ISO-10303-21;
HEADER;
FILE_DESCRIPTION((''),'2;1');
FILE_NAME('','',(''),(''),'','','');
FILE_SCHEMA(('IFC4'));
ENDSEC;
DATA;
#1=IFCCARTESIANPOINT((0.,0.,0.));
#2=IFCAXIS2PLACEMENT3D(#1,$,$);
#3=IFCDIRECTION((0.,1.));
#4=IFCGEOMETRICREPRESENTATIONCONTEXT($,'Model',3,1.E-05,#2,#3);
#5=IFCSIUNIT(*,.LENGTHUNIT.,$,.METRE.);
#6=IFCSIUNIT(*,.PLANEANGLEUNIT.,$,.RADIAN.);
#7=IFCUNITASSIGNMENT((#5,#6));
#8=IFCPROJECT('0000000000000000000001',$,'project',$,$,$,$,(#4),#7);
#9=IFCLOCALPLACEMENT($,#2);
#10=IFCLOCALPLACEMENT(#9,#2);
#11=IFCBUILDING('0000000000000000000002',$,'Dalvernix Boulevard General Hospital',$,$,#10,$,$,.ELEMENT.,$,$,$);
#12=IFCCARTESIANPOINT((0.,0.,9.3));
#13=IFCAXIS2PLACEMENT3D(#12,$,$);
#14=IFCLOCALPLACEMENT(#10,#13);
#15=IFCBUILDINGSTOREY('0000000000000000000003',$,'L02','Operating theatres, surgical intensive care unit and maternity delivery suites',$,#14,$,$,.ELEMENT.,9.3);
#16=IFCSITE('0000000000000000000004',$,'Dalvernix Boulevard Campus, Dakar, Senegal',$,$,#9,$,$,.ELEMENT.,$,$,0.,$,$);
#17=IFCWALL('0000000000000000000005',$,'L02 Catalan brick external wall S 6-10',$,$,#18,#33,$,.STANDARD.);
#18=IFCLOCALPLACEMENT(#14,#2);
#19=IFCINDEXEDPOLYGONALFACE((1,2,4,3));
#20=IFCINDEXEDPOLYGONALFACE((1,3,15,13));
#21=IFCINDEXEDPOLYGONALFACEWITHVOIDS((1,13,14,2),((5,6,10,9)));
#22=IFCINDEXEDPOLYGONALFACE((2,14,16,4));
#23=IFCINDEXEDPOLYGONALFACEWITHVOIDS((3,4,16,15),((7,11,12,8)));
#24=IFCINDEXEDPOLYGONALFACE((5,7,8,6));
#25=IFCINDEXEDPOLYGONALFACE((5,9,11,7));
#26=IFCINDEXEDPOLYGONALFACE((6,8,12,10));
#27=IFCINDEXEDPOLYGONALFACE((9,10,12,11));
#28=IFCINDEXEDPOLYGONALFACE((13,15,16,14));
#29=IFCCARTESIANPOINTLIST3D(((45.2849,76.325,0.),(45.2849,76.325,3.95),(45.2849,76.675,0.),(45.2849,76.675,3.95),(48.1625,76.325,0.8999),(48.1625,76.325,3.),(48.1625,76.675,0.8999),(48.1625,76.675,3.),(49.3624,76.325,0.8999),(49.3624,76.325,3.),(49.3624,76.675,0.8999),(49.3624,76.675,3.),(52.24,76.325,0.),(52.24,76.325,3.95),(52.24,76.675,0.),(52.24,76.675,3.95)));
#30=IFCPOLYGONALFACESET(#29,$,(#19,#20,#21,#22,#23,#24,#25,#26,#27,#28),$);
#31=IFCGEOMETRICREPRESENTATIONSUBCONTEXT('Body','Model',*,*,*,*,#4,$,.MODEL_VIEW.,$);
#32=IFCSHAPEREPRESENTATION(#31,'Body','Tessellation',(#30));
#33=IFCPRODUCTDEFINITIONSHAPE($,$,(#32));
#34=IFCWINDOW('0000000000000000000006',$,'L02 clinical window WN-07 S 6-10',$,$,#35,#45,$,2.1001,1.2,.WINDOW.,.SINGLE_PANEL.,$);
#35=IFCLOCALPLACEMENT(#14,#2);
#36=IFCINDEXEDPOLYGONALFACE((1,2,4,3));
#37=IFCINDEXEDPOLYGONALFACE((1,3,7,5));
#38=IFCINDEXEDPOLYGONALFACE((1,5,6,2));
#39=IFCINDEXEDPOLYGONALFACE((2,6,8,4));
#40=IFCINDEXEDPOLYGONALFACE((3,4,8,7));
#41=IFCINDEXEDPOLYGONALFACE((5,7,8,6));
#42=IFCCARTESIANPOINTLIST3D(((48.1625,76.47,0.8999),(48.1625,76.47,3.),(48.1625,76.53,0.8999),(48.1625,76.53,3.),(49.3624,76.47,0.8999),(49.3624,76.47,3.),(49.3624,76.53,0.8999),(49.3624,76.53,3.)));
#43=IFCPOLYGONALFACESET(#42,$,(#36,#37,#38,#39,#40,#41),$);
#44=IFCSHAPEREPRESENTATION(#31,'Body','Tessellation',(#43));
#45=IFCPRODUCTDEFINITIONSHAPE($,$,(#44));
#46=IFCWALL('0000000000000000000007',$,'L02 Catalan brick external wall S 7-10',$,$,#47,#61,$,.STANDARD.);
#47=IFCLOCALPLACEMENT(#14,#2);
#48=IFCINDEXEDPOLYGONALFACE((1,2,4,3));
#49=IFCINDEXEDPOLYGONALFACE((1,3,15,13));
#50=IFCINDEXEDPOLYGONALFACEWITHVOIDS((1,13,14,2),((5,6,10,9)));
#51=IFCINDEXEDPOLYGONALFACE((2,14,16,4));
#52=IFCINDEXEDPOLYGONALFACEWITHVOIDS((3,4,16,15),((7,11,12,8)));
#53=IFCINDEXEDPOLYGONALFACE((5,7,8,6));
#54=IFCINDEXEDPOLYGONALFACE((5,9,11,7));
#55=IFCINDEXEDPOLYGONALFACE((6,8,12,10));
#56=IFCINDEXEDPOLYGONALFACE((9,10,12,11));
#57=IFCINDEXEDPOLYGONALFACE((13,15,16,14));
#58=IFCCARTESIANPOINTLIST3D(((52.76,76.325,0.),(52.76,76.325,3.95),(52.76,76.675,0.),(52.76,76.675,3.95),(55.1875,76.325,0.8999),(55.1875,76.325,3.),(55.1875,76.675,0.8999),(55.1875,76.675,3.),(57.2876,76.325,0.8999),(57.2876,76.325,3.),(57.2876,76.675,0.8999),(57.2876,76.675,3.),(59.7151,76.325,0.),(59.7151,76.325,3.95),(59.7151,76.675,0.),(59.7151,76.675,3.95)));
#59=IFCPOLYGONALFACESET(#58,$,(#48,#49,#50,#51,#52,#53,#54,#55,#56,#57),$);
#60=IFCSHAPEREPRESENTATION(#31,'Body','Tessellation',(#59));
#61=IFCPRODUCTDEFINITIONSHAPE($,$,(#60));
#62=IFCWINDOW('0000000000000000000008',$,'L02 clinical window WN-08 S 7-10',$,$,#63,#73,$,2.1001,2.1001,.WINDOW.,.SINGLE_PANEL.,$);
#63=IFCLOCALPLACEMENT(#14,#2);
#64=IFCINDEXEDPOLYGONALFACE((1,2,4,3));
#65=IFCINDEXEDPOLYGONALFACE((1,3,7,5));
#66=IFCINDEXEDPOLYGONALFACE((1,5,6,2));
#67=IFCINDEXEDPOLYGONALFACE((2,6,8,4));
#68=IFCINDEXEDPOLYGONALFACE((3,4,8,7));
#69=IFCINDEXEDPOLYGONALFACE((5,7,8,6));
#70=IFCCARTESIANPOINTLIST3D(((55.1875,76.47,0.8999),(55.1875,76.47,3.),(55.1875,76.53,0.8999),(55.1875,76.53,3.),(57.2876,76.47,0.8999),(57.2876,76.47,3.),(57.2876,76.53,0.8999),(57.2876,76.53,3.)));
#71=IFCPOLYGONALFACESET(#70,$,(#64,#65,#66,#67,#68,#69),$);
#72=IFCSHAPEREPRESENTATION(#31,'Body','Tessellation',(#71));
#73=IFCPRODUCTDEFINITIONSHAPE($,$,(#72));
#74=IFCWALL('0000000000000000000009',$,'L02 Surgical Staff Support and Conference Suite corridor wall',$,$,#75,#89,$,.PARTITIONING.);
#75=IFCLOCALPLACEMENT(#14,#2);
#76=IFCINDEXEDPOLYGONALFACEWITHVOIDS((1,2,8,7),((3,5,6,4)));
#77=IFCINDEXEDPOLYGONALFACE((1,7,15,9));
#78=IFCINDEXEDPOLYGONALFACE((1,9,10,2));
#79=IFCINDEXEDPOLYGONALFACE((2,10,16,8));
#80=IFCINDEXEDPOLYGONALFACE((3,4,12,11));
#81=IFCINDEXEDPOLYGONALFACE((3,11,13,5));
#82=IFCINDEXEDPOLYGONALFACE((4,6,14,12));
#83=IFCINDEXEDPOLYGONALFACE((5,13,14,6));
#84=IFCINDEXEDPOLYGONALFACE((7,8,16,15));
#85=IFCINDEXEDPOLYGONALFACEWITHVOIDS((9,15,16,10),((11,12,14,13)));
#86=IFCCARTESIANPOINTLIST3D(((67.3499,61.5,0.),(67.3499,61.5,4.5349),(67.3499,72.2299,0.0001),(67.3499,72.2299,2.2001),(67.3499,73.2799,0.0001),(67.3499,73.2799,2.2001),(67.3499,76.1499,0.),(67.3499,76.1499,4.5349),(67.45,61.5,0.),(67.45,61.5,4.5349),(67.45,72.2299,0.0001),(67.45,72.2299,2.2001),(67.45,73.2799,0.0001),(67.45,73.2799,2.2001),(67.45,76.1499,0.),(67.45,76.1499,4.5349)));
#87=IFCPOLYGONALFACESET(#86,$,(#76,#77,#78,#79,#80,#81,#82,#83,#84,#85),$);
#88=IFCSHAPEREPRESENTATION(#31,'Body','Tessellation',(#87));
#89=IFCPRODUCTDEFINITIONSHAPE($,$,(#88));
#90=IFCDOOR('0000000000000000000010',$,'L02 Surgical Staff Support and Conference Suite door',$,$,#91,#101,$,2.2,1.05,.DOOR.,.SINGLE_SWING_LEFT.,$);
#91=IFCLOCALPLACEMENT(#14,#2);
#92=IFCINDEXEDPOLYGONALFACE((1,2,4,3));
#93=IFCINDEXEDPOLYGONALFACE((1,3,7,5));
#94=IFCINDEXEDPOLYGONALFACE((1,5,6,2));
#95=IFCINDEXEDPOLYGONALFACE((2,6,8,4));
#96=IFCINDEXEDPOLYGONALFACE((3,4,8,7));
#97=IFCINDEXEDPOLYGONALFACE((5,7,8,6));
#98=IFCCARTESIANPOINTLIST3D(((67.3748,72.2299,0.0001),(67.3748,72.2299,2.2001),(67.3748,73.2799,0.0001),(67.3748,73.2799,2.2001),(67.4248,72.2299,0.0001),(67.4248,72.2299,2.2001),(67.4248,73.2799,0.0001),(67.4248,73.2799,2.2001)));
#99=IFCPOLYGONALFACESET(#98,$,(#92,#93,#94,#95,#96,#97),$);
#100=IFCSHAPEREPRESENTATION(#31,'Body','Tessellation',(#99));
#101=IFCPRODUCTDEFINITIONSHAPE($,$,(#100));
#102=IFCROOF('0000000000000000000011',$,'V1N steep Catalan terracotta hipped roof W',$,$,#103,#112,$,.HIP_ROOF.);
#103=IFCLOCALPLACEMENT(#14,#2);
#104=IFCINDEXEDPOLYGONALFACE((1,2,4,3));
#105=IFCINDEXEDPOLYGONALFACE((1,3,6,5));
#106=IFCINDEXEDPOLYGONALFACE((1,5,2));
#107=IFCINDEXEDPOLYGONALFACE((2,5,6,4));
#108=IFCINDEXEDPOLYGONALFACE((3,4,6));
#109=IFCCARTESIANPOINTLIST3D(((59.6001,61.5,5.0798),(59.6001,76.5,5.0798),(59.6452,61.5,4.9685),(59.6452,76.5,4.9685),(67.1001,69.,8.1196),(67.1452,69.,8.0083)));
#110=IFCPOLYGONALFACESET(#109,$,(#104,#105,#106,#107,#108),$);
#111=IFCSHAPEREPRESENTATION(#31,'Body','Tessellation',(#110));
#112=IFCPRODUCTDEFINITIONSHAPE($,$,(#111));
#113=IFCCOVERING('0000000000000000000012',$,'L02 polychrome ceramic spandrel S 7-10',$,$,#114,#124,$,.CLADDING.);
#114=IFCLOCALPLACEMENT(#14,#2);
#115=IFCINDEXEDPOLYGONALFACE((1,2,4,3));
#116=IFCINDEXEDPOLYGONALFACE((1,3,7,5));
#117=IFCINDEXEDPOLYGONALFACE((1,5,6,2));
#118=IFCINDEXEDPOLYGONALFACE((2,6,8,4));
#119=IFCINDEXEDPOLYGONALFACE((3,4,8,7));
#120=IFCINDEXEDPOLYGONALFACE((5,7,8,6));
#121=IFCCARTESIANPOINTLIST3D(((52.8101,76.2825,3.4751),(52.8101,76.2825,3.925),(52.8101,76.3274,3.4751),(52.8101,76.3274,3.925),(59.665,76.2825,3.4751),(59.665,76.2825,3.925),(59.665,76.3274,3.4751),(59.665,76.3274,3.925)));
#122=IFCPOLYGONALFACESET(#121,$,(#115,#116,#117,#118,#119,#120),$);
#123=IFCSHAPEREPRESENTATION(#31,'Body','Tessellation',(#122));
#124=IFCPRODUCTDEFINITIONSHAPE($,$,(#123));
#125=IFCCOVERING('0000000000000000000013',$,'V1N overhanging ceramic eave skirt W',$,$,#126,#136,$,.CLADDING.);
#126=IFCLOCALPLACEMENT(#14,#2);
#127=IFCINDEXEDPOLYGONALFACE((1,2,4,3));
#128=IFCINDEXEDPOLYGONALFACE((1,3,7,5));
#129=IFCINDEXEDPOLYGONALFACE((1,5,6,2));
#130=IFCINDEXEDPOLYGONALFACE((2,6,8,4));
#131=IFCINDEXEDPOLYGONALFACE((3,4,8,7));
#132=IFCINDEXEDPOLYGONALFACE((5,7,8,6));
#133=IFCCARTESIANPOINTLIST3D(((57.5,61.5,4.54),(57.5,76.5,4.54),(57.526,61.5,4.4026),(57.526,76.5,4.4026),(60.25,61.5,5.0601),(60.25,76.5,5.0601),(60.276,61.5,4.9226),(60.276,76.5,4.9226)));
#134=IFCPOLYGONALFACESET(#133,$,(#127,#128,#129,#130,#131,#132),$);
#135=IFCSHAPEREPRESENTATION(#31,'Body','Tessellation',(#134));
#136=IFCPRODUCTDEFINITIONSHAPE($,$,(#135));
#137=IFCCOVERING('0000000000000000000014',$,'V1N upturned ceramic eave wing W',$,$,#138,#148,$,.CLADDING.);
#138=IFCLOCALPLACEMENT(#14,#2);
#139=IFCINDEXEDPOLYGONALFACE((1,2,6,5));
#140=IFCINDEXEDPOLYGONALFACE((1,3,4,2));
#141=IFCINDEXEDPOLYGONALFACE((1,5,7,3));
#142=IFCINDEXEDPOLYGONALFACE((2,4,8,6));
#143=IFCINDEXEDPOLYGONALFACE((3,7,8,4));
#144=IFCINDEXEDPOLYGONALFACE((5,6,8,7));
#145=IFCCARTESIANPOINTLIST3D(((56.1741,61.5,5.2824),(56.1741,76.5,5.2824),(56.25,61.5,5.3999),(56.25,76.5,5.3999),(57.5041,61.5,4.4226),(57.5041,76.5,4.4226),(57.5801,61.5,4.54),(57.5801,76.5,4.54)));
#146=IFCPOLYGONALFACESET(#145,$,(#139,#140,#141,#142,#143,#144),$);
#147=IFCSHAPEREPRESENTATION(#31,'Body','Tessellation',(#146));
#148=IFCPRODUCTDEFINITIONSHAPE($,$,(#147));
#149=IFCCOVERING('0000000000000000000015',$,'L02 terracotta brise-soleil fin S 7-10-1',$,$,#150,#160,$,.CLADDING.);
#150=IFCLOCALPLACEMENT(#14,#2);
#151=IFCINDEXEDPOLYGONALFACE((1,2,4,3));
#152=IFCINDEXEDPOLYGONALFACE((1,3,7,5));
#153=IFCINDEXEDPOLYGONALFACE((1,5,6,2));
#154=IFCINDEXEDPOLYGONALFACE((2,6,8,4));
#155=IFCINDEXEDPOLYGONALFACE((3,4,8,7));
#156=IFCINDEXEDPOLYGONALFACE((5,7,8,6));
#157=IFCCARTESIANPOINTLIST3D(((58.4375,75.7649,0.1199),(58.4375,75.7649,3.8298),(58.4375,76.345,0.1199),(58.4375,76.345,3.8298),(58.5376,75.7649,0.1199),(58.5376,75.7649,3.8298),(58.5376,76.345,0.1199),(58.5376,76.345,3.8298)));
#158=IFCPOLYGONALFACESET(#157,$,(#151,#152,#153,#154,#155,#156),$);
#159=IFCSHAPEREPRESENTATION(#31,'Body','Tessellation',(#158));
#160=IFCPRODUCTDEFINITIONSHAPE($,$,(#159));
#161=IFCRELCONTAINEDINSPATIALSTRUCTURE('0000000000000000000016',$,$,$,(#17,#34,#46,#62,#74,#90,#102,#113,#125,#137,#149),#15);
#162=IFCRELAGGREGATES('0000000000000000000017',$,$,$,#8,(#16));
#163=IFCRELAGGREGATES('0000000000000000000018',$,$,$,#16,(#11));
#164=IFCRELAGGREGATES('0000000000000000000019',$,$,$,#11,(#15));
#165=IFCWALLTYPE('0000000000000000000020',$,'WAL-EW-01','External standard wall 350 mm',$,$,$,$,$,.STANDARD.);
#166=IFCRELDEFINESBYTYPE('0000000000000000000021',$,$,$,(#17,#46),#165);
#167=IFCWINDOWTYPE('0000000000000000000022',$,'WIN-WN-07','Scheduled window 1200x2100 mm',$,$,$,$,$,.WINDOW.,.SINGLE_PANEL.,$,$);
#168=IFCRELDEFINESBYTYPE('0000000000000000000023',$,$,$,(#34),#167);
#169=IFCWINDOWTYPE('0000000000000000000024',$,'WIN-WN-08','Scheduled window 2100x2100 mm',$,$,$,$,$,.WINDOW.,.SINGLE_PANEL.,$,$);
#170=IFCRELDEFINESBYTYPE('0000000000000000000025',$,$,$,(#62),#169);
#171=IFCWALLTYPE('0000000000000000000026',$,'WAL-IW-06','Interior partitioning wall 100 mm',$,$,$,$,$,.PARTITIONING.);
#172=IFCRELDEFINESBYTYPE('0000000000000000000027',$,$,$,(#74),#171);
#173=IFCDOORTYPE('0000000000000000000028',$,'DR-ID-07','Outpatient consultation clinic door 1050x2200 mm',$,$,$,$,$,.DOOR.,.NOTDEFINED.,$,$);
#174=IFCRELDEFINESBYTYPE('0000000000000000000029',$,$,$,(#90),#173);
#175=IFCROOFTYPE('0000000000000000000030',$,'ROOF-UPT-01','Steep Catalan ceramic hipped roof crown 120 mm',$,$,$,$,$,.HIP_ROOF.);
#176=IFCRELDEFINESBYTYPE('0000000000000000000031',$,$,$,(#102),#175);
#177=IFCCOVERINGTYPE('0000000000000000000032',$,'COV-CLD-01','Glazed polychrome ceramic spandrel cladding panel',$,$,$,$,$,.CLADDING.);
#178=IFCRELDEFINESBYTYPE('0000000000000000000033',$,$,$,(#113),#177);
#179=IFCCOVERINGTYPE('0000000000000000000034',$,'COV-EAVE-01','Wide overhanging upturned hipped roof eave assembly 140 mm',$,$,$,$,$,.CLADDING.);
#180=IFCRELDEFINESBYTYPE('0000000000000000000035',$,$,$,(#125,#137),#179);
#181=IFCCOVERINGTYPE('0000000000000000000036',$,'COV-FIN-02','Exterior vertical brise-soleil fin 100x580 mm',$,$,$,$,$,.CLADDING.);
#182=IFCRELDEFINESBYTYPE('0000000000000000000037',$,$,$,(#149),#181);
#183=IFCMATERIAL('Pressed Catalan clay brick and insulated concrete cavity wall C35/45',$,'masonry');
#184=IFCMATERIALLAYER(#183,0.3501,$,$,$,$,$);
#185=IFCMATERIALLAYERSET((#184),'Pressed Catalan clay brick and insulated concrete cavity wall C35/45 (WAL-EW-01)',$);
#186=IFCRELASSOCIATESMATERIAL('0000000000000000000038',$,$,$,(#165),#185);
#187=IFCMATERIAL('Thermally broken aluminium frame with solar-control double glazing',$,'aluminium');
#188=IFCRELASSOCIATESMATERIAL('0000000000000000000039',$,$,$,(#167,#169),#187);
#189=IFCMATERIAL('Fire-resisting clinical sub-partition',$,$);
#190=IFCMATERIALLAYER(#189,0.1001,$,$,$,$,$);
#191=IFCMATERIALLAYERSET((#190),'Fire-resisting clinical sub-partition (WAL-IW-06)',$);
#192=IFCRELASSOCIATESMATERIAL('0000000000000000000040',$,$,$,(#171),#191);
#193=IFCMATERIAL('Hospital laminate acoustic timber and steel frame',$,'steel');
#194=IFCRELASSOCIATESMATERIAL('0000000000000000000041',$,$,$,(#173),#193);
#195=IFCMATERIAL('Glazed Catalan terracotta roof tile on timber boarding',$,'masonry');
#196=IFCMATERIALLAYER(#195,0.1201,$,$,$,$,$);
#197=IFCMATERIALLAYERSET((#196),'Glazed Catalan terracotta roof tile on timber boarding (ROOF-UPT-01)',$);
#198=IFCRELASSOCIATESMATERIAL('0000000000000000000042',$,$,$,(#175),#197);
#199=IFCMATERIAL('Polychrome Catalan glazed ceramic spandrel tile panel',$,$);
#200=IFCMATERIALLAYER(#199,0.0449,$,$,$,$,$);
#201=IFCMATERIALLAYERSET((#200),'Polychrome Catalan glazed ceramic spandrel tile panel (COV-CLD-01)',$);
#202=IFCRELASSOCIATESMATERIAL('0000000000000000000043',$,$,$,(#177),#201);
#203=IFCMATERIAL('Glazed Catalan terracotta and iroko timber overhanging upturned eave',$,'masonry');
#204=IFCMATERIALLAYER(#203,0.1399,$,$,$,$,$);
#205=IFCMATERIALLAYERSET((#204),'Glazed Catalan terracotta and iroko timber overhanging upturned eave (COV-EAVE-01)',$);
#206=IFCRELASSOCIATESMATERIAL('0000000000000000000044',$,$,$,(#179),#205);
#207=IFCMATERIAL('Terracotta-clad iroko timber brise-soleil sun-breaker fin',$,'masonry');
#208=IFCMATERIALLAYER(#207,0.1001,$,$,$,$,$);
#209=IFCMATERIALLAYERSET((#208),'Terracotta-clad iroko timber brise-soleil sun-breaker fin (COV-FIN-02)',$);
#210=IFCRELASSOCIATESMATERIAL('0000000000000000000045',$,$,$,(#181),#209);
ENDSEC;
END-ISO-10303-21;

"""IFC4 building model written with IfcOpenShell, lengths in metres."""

from ifc_helpers import new_model, si_unit, direction, frame, frame_2d, origin, origin_2d, place, context, subcontext, project, spatial, polyline, rectangle, outline, extrude, material, layer, layer_set, type_object, element, fill, save


model = new_model("IFC4")

# Units and contexts
model_context = context("Model", 3, precision=1e-05, world=origin(), true_north=direction((0.0, 1.0)))
body_context = subcontext(model_context, "Body", "Model", "MODEL_VIEW")
ifc_project = project(units=[si_unit("LENGTHUNIT", "METRE"), si_unit("PLANEANGLEUNIT", "RADIAN")], contexts=[model_context])

# Site, building, storey
site_placement = place(None, origin())
site = spatial("IfcSite", under=ifc_project, at=site_placement, Name="Dalvernix Boulevard Campus, Dakar, Senegal", CompositionType="ELEMENT", RefElevation=0.0)
building_placement = place(site_placement, origin())
building = spatial("IfcBuilding", under=site, at=building_placement, Name="Dalvernix Boulevard General Hospital", CompositionType="ELEMENT")
storey_placement = place(building_placement, frame((0.0, 0.0, 9.3)))
storey = spatial("IfcBuildingStorey", under=building, at=storey_placement, Name="L02", Description="Operating theatres, surgical intensive care unit and maternity delivery suites", CompositionType="ELEMENT", Elevation=9.3)

# Walls, openings, windows
ifc_material_1 = material(Name="Pressed Catalan clay brick and insulated concrete cavity wall C35/45", Category="masonry")
ifc_layer_1 = layer(ifc_material_1, 0.3501)
ifc_layer_set_1 = layer_set([ifc_layer_1], Name="Pressed Catalan clay brick and insulated concrete cavity wall C35/45 (WAL-EW-01)")
wall_type_1 = type_object("IfcWallType", Name="WAL-EW-01", Description="External standard wall 350 mm", PredefinedType="STANDARD", material=ifc_layer_set_1)
wall_1_placement = place(storey_placement, frame((52.24, 76.5, 0.0), z_axis=(0.0, 0.0, 1.0), x_axis=(-1.0, 0.0, 0.0)))
wall_1 = element("IfcWall", 1, at=wall_1_placement, inside=storey, type_object=wall_type_1, Name="L02 Catalan brick external wall S 6-10", PredefinedType="STANDARD", context=body_context, shape_type="SweptSolid", body=[
    extrude(rectangle(XDim=6.9551, YDim=0.3501, at=frame_2d((3.4775, 0.0))), origin(), (0.0, 0.0, 1.0), 3.95),
])
opening_1_placement = place(wall_1_placement, frame((2.8774, 0.0, 0.8999)))
opening_1 = element("IfcOpeningElement", 2, at=opening_1_placement, cuts=wall_1, PredefinedType="OPENING", context=body_context, shape_type="SweptSolid", body=[
    extrude(rectangle(XDim=1.2, YDim=2.1001, at=frame_2d((0.6001, 1.05))), frame((0.0, 0.1851, 0.0), z_axis=(0.0, -1.0, 0.0), x_axis=(1.0, 0.0, 0.0)), (0.0, 0.0, 1.0), 0.3701),
])
ifc_material_2 = material(Name="Thermally broken aluminium frame with solar-control double glazing", Category="aluminium")
window_type_1 = type_object("IfcWindowType", Name="WIN-WN-07", Description="Scheduled window 1200x2100 mm", PartitioningType="SINGLE_PANEL", PredefinedType="WINDOW", material=ifc_material_2)
window_1_placement = place(opening_1_placement, origin())
window_1 = element("IfcWindow", 3, at=window_1_placement, inside=storey, type_object=window_type_1, Name="L02 clinical window WN-07 S 6-10", OverallHeight=2.1001, OverallWidth=1.2, PartitioningType="SINGLE_PANEL", PredefinedType="WINDOW", context=body_context, shape_type="SweptSolid", body=[
    extrude(rectangle(XDim=1.2, YDim=2.1001, at=frame_2d((0.6001, 1.05))), frame((0.0, 0.03, 0.0), z_axis=(0.0, -1.0, 0.0), x_axis=(1.0, 0.0, 0.0)), (0.0, 0.0, 1.0), 0.0601),
])
fill(opening_1, window_1)
wall_2_placement = place(storey_placement, frame((59.7151, 76.5, 0.0), z_axis=(0.0, 0.0, 1.0), x_axis=(-1.0, 0.0, 0.0)))
wall_2 = element("IfcWall", 4, at=wall_2_placement, inside=storey, type_object=wall_type_1, Name="L02 Catalan brick external wall S 7-10", PredefinedType="STANDARD", context=body_context, shape_type="SweptSolid", body=[
    extrude(rectangle(XDim=6.9551, YDim=0.3501, at=frame_2d((3.4775, 0.0))), origin(), (0.0, 0.0, 1.0), 3.95),
])
opening_2_placement = place(wall_2_placement, frame((2.4275, 0.0, 0.8999)))
opening_2 = element("IfcOpeningElement", 5, at=opening_2_placement, cuts=wall_2, PredefinedType="OPENING", context=body_context, shape_type="SweptSolid", body=[
    extrude(rectangle(XDim=2.1001, YDim=2.1001, at=frame_2d((1.05, 1.05))), frame((0.0, 0.1851, 0.0), z_axis=(0.0, -1.0, 0.0), x_axis=(1.0, 0.0, 0.0)), (0.0, 0.0, 1.0), 0.3701),
])
window_type_2 = type_object("IfcWindowType", Name="WIN-WN-08", Description="Scheduled window 2100x2100 mm", PartitioningType="SINGLE_PANEL", PredefinedType="WINDOW", material=ifc_material_2)
window_2_placement = place(opening_2_placement, origin())
window_2 = element("IfcWindow", 6, at=window_2_placement, inside=storey, type_object=window_type_2, Name="L02 clinical window WN-08 S 7-10", OverallHeight=2.1001, OverallWidth=2.1001, PartitioningType="SINGLE_PANEL", PredefinedType="WINDOW", context=body_context, shape_type="SweptSolid", body=[
    extrude(rectangle(XDim=2.1001, YDim=2.1001, at=frame_2d((1.05, 1.05))), frame((0.0, 0.03, 0.0), z_axis=(0.0, -1.0, 0.0), x_axis=(1.0, 0.0, 0.0)), (0.0, 0.0, 1.0), 0.0601),
])
fill(opening_2, window_2)

# Wall, opening, door
ifc_material_3 = material(Name="Fire-resisting clinical sub-partition")
ifc_layer_2 = layer(ifc_material_3, 0.1001)
ifc_layer_set_2 = layer_set([ifc_layer_2], Name="Fire-resisting clinical sub-partition (WAL-IW-06)")
wall_type_2 = type_object("IfcWallType", Name="WAL-IW-06", Description="Interior partitioning wall 100 mm", PredefinedType="PARTITIONING", material=ifc_layer_set_2)
wall_3_placement = place(storey_placement, frame((67.3999, 76.1499, 0.0), z_axis=(0.0, 0.0, 1.0), x_axis=(0.0, -1.0, 0.0)))
wall_3 = element("IfcWall", 7, at=wall_3_placement, inside=storey, type_object=wall_type_2, Name="L02 Surgical Staff Support and Conference Suite corridor wall", PredefinedType="PARTITIONING", context=body_context, shape_type="SweptSolid", body=[
    extrude(rectangle(XDim=14.6499, YDim=0.1001, at=frame_2d((7.325, 0.0))), origin(), (0.0, 0.0, 1.0), 4.5349),
])
opening_3_placement = place(wall_3_placement, frame((2.8701, 0.0, 0.0)))
opening_3 = element("IfcOpeningElement", 8, at=opening_3_placement, cuts=wall_3, PredefinedType="OPENING", context=body_context, shape_type="SweptSolid", body=[
    extrude(rectangle(XDim=1.05, YDim=2.2, at=frame_2d((0.5249, 1.1001))), frame((0.0, 0.0601, 0.0), z_axis=(0.0, -1.0, 0.0), x_axis=(1.0, 0.0, 0.0)), (0.0, 0.0, 1.0), 0.1201),
])
ifc_material_4 = material(Name="Hospital laminate acoustic timber and steel frame", Category="steel")
door_type = type_object("IfcDoorType", Name="DR-ID-07", Description="Outpatient consultation clinic door 1050x2200 mm", OperationType="NOTDEFINED", PredefinedType="DOOR", material=ifc_material_4)
door_placement = place(opening_3_placement, origin())
door = element("IfcDoor", 9, at=door_placement, inside=storey, type_object=door_type, Name="L02 Surgical Staff Support and Conference Suite door", OperationType="SINGLE_SWING_LEFT", OverallHeight=2.2, OverallWidth=1.05, PredefinedType="DOOR", context=body_context, shape_type="SweptSolid", body=[
    extrude(rectangle(XDim=1.05, YDim=2.2, at=frame_2d((0.5249, 1.1001))), frame((0.0, 0.0249, 0.0), z_axis=(0.0, -1.0, 0.0), x_axis=(1.0, 0.0, 0.0)), (0.0, 0.0, 1.0), 0.05),
])
fill(opening_3, door)

# Roof
ifc_material_5 = material(Name="Glazed Catalan terracotta roof tile on timber boarding", Category="masonry")
ifc_layer_3 = layer(ifc_material_5, 0.1201)
ifc_layer_set_3 = layer_set([ifc_layer_3], Name="Glazed Catalan terracotta roof tile on timber boarding (ROOF-UPT-01)")
roof_type_1 = type_object("IfcRoofType", Name="ROOF-UPT-01", Description="Steep Catalan ceramic hipped roof crown 120 mm", PredefinedType="HIP_ROOF", material=ifc_layer_set_3)
roof_1_placement = place(storey_placement, frame((59.6001, 76.5, 5.0798), z_axis=(-0.375626, 0.0, 0.926771), x_axis=(0.0, -1.0, 0.0)))
element("IfcRoof", 10, at=roof_1_placement, inside=storey, type_object=roof_type_1, Name="V1N steep Catalan terracotta hipped roof W", PredefinedType="HIP_ROOF", context=body_context, shape_type="SweptSolid", body=[
    extrude(outline(polyline([(0.0, 0.0), (15.0, 0.0), (7.5, 8.0926), (0.0, 0.0)])), origin(), (0.0, 0.0, -1.0), 0.1201),
])

# Coverings
ifc_material_6 = material(Name="Polychrome Catalan glazed ceramic spandrel tile panel")
ifc_layer_4 = layer(ifc_material_6, 0.0449)
ifc_layer_set_4 = layer_set([ifc_layer_4], Name="Polychrome Catalan glazed ceramic spandrel tile panel (COV-CLD-01)")
covering_type_1 = type_object("IfcCoveringType", Name="COV-CLD-01", Description="Glazed polychrome ceramic spandrel cladding panel", PredefinedType="CLADDING", material=ifc_layer_set_4)
covering_1_placement = place(storey_placement, frame((56.2375, 76.3049, 3.4751), z_axis=(0.0, 0.0, 1.0), x_axis=(-1.0, 0.0, 0.0)))
element("IfcCovering", 11, at=covering_1_placement, inside=storey, type_object=covering_type_1, Name="L02 polychrome ceramic spandrel S 7-10", PredefinedType="CLADDING", context=body_context, shape_type="SweptSolid", body=[
    extrude(rectangle(XDim=6.855, YDim=0.0449, at=origin_2d()), origin(), (0.0, 0.0, 1.0), 0.45),
])
ifc_material_7 = material(Name="Glazed Catalan terracotta and iroko timber overhanging upturned eave", Category="masonry")
ifc_layer_5 = layer(ifc_material_7, 0.1399)
ifc_layer_set_5 = layer_set([ifc_layer_5], Name="Glazed Catalan terracotta and iroko timber overhanging upturned eave (COV-EAVE-01)")
covering_type_2 = type_object("IfcCoveringType", Name="COV-EAVE-01", Description="Wide overhanging upturned hipped roof eave assembly 140 mm", PredefinedType="CLADDING", material=ifc_layer_set_5)
covering_2_placement = place(storey_placement, frame((60.25, 76.5, 5.0601), z_axis=(-0.185805, 0.0, 0.982587), x_axis=(0.0, -1.0, 0.0)))
element("IfcCovering", 12, at=covering_2_placement, inside=storey, type_object=covering_type_2, Name="V1N overhanging ceramic eave skirt W", PredefinedType="CLADDING", context=body_context, shape_type="SweptSolid", body=[
    extrude(outline(polyline([(0.0, 0.0), (15.0, 0.0), (15.0, -2.7987), (0.0, -2.7987), (0.0, 0.0)])), origin(), (0.0, 0.0, -1.0), 0.1399),
])
covering_3_placement = place(storey_placement, frame((57.5801, 76.5, 4.54), z_axis=(0.542906, 0.0, 0.839793), x_axis=(0.0, -1.0, 0.0)))
element("IfcCovering", 13, at=covering_3_placement, inside=storey, type_object=covering_type_2, Name="V1N upturned ceramic eave wing W", PredefinedType="CLADDING", context=body_context, shape_type="SweptSolid", body=[
    extrude(outline(polyline([(0.0, 0.0), (15.0, 0.0), (15.0, -1.5838), (0.0, -1.5838), (0.0, 0.0)])), origin(), (0.0, 0.0, -1.0), 0.1399),
])
ifc_material_8 = material(Name="Terracotta-clad iroko timber brise-soleil sun-breaker fin", Category="masonry")
ifc_layer_6 = layer(ifc_material_8, 0.1001)
ifc_layer_set_6 = layer_set([ifc_layer_6], Name="Terracotta-clad iroko timber brise-soleil sun-breaker fin (COV-FIN-02)")
covering_type_3 = type_object("IfcCoveringType", Name="COV-FIN-02", Description="Exterior vertical brise-soleil fin 100x580 mm", PredefinedType="CLADDING", material=ifc_layer_set_6)
covering_4_placement = place(storey_placement, frame((58.4875, 76.0549, 0.1199), z_axis=(0.0, 0.0, 1.0), x_axis=(-1.0, 0.0, 0.0)))
element("IfcCovering", 14, at=covering_4_placement, inside=storey, type_object=covering_type_3, Name="L02 terracotta brise-soleil fin S 7-10-1", PredefinedType="CLADDING", context=body_context, shape_type="SweptSolid", body=[
    extrude(rectangle(XDim=0.1001, YDim=0.5801, at=origin_2d()), origin(), (0.0, 0.0, 1.0), 3.71),
])

save(model, "model.ifc")
